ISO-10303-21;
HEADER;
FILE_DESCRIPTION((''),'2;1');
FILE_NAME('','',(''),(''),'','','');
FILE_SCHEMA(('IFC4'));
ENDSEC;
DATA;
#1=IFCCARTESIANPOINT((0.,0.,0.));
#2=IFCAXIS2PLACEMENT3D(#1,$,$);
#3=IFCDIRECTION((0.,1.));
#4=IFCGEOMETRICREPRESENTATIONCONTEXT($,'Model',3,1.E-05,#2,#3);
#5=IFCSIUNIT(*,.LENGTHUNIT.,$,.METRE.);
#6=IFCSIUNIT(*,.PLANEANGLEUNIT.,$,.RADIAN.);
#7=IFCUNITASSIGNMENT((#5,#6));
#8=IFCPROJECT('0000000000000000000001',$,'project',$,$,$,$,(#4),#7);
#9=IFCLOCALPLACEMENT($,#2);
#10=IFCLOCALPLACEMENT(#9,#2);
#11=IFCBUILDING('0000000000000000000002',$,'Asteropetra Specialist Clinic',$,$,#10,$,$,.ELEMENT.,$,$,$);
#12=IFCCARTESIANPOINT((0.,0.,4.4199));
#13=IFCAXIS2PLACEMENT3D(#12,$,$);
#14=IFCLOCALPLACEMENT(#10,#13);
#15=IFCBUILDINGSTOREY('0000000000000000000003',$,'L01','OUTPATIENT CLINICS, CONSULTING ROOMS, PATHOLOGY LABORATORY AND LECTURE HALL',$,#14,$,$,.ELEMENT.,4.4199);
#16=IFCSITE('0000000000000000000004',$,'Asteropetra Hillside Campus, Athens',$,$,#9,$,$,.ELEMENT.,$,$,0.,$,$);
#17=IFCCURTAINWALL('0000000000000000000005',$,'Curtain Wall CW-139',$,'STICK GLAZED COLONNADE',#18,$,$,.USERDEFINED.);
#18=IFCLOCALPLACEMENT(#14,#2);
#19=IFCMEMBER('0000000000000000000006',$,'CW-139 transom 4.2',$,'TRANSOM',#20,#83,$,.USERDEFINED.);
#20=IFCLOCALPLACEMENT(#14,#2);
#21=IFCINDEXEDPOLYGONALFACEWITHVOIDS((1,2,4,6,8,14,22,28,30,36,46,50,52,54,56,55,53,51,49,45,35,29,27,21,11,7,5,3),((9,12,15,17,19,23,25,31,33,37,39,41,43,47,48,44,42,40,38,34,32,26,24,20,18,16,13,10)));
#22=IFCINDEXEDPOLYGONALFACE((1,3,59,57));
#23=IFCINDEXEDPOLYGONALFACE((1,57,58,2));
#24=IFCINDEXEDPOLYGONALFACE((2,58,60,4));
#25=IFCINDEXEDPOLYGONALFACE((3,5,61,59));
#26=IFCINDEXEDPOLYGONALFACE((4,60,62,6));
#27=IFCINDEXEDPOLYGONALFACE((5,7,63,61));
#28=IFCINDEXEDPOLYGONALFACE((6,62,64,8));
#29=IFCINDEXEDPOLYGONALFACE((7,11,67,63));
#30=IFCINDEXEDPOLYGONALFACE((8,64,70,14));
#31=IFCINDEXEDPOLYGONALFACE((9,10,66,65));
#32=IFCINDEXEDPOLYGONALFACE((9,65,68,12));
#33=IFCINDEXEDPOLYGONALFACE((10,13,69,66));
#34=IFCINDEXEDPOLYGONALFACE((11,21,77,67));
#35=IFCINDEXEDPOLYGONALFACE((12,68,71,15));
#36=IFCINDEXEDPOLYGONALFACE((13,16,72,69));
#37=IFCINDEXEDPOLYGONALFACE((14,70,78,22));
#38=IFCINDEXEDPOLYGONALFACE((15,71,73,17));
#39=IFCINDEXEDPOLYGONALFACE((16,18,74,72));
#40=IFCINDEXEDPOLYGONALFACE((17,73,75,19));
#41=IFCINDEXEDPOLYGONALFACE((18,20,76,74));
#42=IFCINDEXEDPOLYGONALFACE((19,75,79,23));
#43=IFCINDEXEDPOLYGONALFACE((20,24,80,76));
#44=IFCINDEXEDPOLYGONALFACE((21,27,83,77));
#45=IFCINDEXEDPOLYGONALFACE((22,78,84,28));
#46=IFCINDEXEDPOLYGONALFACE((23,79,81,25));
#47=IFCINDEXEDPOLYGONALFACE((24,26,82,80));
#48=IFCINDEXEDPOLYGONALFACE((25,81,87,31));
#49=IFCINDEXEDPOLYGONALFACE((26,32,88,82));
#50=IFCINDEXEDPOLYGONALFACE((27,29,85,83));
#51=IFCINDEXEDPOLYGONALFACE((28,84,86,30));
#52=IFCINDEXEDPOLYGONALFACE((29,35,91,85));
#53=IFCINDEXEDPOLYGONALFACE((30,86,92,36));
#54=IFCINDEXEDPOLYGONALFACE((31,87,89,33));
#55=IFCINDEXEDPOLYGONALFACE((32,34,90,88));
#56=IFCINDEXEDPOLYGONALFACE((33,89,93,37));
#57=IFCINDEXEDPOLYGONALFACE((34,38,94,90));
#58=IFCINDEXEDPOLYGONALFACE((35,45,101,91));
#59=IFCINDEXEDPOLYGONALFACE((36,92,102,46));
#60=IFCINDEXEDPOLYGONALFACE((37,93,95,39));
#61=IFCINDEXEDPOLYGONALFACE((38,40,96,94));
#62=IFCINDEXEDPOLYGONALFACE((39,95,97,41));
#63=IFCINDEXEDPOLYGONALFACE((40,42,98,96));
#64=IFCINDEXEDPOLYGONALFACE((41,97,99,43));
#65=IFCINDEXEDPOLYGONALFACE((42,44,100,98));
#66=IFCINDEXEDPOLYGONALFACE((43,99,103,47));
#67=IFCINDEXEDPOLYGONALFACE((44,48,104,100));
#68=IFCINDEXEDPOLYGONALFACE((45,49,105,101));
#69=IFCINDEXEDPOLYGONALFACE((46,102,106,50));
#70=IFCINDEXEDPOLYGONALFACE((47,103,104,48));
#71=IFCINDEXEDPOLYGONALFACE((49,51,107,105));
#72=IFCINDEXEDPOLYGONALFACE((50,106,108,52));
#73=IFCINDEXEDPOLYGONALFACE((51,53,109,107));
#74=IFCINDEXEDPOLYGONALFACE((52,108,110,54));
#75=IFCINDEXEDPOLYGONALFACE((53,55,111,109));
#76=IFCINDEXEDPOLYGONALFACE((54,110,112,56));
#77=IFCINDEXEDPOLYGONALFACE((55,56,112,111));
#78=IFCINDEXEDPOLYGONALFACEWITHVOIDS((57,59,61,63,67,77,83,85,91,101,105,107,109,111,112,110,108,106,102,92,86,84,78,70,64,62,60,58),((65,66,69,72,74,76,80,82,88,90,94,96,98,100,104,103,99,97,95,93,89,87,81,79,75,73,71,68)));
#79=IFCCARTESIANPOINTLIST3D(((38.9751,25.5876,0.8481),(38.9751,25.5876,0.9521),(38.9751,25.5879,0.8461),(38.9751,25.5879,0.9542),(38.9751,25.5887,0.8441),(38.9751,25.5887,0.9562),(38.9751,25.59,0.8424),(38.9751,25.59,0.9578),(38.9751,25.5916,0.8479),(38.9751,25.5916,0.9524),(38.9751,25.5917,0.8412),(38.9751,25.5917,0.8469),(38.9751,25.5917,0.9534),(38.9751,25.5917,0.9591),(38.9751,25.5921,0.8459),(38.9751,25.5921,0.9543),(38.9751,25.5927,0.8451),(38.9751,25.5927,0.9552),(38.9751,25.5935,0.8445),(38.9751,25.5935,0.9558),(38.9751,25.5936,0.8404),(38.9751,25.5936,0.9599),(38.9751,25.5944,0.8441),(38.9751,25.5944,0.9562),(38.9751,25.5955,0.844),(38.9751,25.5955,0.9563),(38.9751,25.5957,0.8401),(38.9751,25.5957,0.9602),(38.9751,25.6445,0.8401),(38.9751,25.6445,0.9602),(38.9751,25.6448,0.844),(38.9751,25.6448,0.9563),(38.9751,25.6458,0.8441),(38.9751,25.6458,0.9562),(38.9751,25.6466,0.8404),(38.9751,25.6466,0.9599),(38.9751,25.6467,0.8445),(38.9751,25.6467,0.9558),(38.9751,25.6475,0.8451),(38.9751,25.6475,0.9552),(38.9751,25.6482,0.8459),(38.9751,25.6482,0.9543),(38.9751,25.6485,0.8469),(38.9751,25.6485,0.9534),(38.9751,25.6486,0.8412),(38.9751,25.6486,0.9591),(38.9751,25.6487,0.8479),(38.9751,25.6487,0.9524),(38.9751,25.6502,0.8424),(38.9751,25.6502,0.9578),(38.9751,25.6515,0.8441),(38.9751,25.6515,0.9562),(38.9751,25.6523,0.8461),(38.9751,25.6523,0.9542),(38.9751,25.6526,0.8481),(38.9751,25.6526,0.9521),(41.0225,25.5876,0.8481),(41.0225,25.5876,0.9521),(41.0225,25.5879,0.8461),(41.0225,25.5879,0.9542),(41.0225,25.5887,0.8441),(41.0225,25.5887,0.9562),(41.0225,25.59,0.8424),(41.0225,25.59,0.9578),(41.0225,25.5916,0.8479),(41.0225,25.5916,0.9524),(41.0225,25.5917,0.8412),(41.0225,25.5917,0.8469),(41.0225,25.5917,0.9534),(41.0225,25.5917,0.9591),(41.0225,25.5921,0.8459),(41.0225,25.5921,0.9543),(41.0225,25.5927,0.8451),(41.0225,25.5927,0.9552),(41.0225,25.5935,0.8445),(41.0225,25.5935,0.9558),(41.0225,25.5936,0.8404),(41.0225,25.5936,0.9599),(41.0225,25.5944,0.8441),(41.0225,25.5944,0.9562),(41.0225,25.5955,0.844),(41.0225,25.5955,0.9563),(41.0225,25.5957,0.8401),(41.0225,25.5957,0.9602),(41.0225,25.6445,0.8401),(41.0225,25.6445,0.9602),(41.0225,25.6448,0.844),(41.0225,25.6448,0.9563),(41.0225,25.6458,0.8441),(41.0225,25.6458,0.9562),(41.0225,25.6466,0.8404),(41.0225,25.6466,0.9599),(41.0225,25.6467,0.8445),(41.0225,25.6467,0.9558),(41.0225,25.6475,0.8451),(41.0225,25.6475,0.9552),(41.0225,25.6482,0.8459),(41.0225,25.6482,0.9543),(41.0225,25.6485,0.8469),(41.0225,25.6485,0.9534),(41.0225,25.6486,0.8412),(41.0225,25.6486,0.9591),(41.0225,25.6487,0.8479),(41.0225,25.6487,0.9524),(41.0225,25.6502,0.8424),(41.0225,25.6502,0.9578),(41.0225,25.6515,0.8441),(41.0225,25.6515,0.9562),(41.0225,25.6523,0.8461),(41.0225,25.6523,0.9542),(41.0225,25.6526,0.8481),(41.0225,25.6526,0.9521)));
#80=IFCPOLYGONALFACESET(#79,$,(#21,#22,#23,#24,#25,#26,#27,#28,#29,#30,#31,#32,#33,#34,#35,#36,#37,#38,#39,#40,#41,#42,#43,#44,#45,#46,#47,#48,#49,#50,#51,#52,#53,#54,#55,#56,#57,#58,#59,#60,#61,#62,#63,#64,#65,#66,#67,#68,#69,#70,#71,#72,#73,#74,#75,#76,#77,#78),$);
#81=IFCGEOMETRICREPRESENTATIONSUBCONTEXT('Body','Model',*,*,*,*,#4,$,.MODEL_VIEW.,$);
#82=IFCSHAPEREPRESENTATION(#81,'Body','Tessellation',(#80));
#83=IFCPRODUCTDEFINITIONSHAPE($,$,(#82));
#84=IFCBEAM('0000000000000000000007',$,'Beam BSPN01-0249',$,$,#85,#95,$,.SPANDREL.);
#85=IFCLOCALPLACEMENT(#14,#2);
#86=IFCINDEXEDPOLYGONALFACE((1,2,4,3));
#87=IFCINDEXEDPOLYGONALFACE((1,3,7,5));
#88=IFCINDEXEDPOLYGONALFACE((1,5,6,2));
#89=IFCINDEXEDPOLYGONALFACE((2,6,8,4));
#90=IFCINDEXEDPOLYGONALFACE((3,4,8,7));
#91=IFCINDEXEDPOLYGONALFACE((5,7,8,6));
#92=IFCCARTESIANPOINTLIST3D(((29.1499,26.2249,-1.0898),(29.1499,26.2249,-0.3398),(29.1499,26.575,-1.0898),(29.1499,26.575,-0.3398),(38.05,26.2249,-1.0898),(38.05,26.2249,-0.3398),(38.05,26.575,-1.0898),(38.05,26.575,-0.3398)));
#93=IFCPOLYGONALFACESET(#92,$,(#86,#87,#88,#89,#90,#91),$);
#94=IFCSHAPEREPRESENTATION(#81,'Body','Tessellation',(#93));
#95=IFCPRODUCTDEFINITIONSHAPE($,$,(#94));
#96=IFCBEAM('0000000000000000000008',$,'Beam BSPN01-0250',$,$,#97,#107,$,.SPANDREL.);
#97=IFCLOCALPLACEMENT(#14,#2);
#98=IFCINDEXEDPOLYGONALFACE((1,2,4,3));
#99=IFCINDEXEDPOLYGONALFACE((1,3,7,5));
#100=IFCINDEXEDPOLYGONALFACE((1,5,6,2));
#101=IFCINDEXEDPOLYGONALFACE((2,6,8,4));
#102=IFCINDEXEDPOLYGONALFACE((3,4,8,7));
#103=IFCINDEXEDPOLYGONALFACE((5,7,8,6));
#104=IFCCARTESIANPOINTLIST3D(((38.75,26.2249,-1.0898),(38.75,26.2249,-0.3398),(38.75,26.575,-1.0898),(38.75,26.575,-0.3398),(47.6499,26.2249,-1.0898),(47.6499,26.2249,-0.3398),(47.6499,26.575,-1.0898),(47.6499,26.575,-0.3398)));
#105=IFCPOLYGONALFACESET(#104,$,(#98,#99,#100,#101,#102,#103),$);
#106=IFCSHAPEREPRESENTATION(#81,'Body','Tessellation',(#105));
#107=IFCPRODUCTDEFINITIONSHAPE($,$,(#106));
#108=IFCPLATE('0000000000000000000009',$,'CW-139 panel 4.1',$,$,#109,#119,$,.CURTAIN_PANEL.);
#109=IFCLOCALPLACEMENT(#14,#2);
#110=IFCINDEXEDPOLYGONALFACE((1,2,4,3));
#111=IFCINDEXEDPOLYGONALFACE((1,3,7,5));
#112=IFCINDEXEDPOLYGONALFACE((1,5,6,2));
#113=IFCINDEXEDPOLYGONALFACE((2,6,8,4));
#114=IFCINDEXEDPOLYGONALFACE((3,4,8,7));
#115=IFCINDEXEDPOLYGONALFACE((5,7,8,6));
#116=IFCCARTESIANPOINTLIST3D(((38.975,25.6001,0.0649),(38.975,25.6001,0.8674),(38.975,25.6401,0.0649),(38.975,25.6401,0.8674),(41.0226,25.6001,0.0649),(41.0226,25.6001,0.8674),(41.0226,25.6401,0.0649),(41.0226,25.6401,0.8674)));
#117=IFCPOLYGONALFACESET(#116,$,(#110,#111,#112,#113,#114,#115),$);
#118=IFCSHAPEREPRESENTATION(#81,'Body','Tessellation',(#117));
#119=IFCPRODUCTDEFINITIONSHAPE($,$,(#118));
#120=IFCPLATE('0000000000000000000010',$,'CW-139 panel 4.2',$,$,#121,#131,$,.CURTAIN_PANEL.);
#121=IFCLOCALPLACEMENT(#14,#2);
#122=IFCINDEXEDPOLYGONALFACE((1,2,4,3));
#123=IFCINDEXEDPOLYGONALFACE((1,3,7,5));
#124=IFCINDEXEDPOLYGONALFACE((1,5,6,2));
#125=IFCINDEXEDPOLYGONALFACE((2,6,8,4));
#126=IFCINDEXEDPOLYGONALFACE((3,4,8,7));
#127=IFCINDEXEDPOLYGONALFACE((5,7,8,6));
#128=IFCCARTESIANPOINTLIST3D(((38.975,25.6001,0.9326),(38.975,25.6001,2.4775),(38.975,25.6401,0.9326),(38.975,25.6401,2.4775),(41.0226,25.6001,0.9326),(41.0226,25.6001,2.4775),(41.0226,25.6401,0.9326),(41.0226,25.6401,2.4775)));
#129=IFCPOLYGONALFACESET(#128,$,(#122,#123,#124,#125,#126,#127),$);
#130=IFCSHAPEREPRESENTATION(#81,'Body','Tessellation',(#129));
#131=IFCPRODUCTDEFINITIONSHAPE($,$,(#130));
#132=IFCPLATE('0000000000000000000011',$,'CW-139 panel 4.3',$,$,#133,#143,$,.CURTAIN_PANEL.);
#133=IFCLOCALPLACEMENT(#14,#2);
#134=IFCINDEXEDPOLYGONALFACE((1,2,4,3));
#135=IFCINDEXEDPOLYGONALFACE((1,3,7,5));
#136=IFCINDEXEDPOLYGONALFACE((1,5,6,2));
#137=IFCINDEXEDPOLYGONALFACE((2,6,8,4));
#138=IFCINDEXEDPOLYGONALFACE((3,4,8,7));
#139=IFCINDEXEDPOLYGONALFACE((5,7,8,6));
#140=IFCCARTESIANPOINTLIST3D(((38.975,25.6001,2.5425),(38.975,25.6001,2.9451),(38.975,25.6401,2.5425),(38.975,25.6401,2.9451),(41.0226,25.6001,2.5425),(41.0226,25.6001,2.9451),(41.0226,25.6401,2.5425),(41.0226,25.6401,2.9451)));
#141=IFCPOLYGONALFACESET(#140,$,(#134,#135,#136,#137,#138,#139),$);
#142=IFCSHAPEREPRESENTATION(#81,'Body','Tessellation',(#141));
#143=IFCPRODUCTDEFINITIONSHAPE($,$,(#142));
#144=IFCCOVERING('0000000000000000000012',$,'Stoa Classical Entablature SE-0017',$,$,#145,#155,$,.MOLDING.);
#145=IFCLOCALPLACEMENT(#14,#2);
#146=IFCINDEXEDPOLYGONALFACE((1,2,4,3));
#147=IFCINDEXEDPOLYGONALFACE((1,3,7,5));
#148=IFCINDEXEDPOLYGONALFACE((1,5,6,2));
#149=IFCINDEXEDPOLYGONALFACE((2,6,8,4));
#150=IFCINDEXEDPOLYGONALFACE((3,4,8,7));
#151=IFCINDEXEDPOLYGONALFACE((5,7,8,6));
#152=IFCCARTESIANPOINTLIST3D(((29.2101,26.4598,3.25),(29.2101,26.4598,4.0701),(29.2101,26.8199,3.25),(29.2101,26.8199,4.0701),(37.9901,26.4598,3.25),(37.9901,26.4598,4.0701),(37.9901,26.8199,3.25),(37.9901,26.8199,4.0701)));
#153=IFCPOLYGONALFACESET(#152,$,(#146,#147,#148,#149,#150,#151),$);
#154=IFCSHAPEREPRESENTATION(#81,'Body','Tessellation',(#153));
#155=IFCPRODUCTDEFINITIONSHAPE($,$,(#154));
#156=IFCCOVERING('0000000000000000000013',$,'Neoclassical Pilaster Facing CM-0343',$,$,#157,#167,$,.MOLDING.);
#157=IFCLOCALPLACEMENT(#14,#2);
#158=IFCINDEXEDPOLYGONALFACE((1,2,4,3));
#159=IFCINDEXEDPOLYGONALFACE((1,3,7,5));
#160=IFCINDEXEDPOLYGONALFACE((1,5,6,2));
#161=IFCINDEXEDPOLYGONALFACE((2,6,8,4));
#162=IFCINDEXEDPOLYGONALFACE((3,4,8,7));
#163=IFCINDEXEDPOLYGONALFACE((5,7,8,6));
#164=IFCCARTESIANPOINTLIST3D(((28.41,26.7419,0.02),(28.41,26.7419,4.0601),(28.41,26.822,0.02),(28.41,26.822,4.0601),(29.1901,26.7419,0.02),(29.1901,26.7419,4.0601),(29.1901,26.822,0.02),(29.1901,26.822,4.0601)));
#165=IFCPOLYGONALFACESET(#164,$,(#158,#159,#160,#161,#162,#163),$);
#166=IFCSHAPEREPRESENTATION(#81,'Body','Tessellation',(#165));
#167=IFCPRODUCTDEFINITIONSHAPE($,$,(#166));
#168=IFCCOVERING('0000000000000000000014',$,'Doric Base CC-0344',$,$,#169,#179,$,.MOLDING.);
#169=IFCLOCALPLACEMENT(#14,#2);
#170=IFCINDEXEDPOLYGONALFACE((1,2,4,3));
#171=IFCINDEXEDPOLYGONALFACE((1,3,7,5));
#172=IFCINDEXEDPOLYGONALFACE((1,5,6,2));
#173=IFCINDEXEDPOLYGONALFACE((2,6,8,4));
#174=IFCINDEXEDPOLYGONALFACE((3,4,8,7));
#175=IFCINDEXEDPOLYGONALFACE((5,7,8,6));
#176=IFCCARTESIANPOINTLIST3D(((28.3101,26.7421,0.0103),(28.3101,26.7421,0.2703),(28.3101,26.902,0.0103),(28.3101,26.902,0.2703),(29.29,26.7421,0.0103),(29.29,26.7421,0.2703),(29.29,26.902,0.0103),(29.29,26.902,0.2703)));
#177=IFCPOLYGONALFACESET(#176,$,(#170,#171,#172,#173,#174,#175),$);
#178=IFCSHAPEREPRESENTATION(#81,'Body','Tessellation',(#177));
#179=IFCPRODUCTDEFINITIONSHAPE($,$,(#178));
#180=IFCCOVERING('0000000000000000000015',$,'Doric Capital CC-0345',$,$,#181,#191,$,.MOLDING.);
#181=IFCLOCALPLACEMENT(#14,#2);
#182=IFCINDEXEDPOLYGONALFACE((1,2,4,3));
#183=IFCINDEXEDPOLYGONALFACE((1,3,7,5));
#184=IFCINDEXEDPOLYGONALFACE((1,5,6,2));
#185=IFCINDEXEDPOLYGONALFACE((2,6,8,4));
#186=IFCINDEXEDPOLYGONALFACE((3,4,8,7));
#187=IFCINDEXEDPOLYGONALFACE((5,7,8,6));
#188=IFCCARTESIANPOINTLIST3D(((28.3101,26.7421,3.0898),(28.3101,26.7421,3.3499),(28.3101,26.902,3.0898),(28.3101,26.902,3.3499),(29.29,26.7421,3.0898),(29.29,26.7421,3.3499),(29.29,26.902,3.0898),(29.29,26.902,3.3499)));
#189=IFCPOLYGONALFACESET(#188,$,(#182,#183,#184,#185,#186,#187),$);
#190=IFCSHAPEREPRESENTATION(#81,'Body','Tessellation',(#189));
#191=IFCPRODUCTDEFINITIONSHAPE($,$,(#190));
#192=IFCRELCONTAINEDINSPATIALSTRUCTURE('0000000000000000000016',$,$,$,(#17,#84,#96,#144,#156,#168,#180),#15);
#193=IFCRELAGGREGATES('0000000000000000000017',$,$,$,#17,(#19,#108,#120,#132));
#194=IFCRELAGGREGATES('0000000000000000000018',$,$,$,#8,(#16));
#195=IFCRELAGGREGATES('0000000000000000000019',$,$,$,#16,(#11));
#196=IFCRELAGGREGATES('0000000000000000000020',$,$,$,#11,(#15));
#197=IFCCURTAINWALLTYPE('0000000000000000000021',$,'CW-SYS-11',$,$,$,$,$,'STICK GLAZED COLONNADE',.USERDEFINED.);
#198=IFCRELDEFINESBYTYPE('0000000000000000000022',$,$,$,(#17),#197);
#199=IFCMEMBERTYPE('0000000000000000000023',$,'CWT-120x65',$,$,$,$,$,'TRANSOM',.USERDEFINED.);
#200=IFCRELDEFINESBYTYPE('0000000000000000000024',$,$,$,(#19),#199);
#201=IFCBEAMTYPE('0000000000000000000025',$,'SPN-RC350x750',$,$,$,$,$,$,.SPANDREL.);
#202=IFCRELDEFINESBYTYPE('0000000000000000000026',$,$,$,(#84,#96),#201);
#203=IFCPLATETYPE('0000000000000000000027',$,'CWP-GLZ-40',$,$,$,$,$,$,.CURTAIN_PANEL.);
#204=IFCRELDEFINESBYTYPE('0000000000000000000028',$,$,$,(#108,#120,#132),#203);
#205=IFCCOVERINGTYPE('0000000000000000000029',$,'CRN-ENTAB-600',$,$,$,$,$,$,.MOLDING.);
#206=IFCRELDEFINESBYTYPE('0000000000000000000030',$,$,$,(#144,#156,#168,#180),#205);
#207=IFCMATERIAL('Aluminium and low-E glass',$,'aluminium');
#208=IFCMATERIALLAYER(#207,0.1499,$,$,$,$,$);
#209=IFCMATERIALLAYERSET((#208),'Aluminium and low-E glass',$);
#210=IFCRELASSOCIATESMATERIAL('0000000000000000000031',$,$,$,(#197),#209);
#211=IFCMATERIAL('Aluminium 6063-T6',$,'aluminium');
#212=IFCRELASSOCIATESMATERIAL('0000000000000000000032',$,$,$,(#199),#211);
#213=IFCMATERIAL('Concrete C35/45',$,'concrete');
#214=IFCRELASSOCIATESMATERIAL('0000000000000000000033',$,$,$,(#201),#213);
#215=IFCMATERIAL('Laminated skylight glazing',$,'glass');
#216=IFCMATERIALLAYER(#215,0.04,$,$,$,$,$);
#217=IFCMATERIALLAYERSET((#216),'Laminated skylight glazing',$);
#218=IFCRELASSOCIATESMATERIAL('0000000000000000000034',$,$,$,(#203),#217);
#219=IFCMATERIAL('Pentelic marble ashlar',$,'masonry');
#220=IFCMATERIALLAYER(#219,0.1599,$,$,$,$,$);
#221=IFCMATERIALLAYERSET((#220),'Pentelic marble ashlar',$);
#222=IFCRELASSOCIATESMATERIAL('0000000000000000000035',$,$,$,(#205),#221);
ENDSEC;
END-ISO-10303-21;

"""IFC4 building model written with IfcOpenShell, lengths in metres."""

from ifc_helpers import new_model, si_unit, direction, frame, origin, origin_2d, place, context, subcontext, project, spatial, rectangle, hollow_rectangle, extrude, material, layer, layer_set, material_profile, profile_set, type_object, element, aggregate, save


model = new_model("IFC4")

# Units and contexts
model_context = context("Model", 3, precision=1e-05, world=origin(), true_north=direction((0.0, 1.0)))
body_context = subcontext(model_context, "Body", "Model", "MODEL_VIEW")
ifc_project = project(units=[si_unit("LENGTHUNIT", "METRE"), si_unit("PLANEANGLEUNIT", "RADIAN")], contexts=[model_context])

# Site, building, storey
site_placement = place(None, origin())
site = spatial("IfcSite", under=ifc_project, at=site_placement, Name="Asteropetra Hillside Campus, Athens", CompositionType="ELEMENT", RefElevation=0.0)
building_placement = place(site_placement, origin())
building = spatial("IfcBuilding", under=site, at=building_placement, Name="Asteropetra Specialist Clinic", CompositionType="ELEMENT")
storey_placement = place(building_placement, frame((0.0, 0.0, 4.4199)))
storey = spatial("IfcBuildingStorey", under=building, at=storey_placement, Name="L01", Description="OUTPATIENT CLINICS, CONSULTING ROOMS, PATHOLOGY LABORATORY AND LECTURE HALL", CompositionType="ELEMENT", Elevation=4.4199)

# Curtain wall
ifc_material_1 = material(Name="Aluminium and low-E glass", Category="aluminium")
ifc_layer_1 = layer(ifc_material_1, 0.1499)
ifc_layer_set_1 = layer_set([ifc_layer_1], Name="Aluminium and low-E glass")
curtain_wall_type_1 = type_object("IfcCurtainWallType", Name="CW-SYS-11", ElementType="STICK GLAZED COLONNADE", PredefinedType="USERDEFINED", material=ifc_layer_set_1)
curtain_wall_1_placement = place(storey_placement, origin())
curtain_wall_1 = element("IfcCurtainWall", 1, at=curtain_wall_1_placement, inside=storey, type_object=curtain_wall_type_1, Name="Curtain Wall CW-139", ObjectType="STICK GLAZED COLONNADE", PredefinedType="USERDEFINED")

# Member
ifc_material_2 = material(Name="Aluminium 6063-T6", Category="aluminium")
ifc_material_profile_1 = material_profile(ifc_material_2, hollow_rectangle(XDim=0.0649, YDim=0.1201, WallThickness=0.0039, InnerFilletRadius=0.0039, OuterFilletRadius=0.0081, at=origin_2d()), Name="TRN 120x65x4.0")
ifc_profile_set_1 = profile_set([ifc_material_profile_1], Name="Aluminium 6063-T6")
member_type_1 = type_object("IfcMemberType", Name="CWT-120x65", ElementType="TRANSOM", PredefinedType="USERDEFINED", material=ifc_profile_set_1)
member_1_placement = place(storey_placement, frame((41.0225, 25.6201, 0.9001), z_axis=(-1.0, 0.0, 0.0), x_axis=(0.0, -1.0, 0.0)))
member_1 = element("IfcMember", 2, at=member_1_placement, type_object=member_type_1, Name="CW-139 transom 4.2", ObjectType="TRANSOM", PredefinedType="USERDEFINED", context=body_context, shape_type="SweptSolid", body=[
    extrude(hollow_rectangle(XDim=0.0649, YDim=0.1201, WallThickness=0.0039, InnerFilletRadius=0.0039, OuterFilletRadius=0.0081, at=origin_2d()), origin(), (0.0, 0.0, 1.0), 2.0474),
])

# Beams
ifc_material_3 = material(Name="Concrete C35/45", Category="concrete")
ifc_material_profile_2 = material_profile(ifc_material_3, rectangle(XDim=0.3501, YDim=0.75, at=origin_2d()), Name="RCS 350x750")
ifc_profile_set_2 = profile_set([ifc_material_profile_2], Name="Concrete C35/45")
beam_type = type_object("IfcBeamType", Name="SPN-RC350x750", PredefinedType="SPANDREL", material=ifc_profile_set_2)
beam_1_placement = place(storey_placement, frame((29.1499, 26.3999, -0.7148), z_axis=(1.0, 0.0, 0.0), x_axis=(0.0, 1.0, 0.0)))
element("IfcBeam", 3, at=beam_1_placement, inside=storey, type_object=beam_type, Name="Beam BSPN01-0249", PredefinedType="SPANDREL", context=body_context, shape_type="SweptSolid", body=[
    extrude(rectangle(XDim=0.3501, YDim=0.75, at=origin_2d()), origin(), (0.0, 0.0, 1.0), 8.9001),
])
beam_2_placement = place(storey_placement, frame((38.75, 26.3999, -0.7148), z_axis=(1.0, 0.0, 0.0), x_axis=(0.0, 1.0, 0.0)))
element("IfcBeam", 4, at=beam_2_placement, inside=storey, type_object=beam_type, Name="Beam BSPN01-0250", PredefinedType="SPANDREL", context=body_context, shape_type="SweptSolid", body=[
    extrude(rectangle(XDim=0.3501, YDim=0.75, at=origin_2d()), origin(), (0.0, 0.0, 1.0), 8.8999),
])

# Plates
ifc_material_4 = material(Name="Laminated skylight glazing", Category="glass")
ifc_layer_2 = layer(ifc_material_4, 0.04)
ifc_layer_set_2 = layer_set([ifc_layer_2], Name="Laminated skylight glazing")
plate_type = type_object("IfcPlateType", Name="CWP-GLZ-40", PredefinedType="CURTAIN_PANEL", material=ifc_layer_set_2)
plate_1_placement = place(storey_placement, frame((39.9988, 25.6201, 0.0649), z_axis=(0.0, 0.0, 1.0), x_axis=(-1.0, 0.0, 0.0)))
plate_1 = element("IfcPlate", 5, at=plate_1_placement, type_object=plate_type, Name="CW-139 panel 4.1", PredefinedType="CURTAIN_PANEL", context=body_context, shape_type="SweptSolid", body=[
    extrude(rectangle(XDim=2.0476, YDim=0.04, at=origin_2d()), origin(), (0.0, 0.0, 1.0), 0.8025),
])
plate_2_placement = place(storey_placement, frame((39.9988, 25.6201, 0.9326), z_axis=(0.0, 0.0, 1.0), x_axis=(-1.0, 0.0, 0.0)))
plate_2 = element("IfcPlate", 6, at=plate_2_placement, type_object=plate_type, Name="CW-139 panel 4.2", PredefinedType="CURTAIN_PANEL", context=body_context, shape_type="SweptSolid", body=[
    extrude(rectangle(XDim=2.0476, YDim=0.04, at=origin_2d()), origin(), (0.0, 0.0, 1.0), 1.5449),
])
plate_3_placement = place(storey_placement, frame((39.9988, 25.6201, 2.5425), z_axis=(0.0, 0.0, 1.0), x_axis=(-1.0, 0.0, 0.0)))
plate_3 = element("IfcPlate", 7, at=plate_3_placement, type_object=plate_type, Name="CW-139 panel 4.3", PredefinedType="CURTAIN_PANEL", context=body_context, shape_type="SweptSolid", body=[
    extrude(rectangle(XDim=2.0476, YDim=0.04, at=origin_2d()), origin(), (0.0, 0.0, 1.0), 0.4026),
])
aggregate(curtain_wall_1, [member_1, plate_1, plate_2, plate_3])

# Coverings
ifc_material_5 = material(Name="Pentelic marble ashlar", Category="masonry")
ifc_layer_3 = layer(ifc_material_5, 0.1599)
ifc_layer_set_3 = layer_set([ifc_layer_3], Name="Pentelic marble ashlar")
covering_type = type_object("IfcCoveringType", Name="CRN-ENTAB-600", PredefinedType="MOLDING", material=ifc_layer_set_3)
covering_1_placement = place(storey_placement, frame((33.6001, 26.6399, 3.25), z_axis=(0.0, 0.0, 1.0), x_axis=(1.0, 0.0, 0.0)))
element("IfcCovering", 8, at=covering_1_placement, inside=storey, type_object=covering_type, Name="Stoa Classical Entablature SE-0017", PredefinedType="MOLDING", context=body_context, shape_type="SweptSolid", body=[
    extrude(rectangle(XDim=8.78, YDim=0.3601, at=origin_2d()), origin(), (0.0, 0.0, 1.0), 0.8201),
])
covering_2_placement = place(storey_placement, frame((28.8, 26.782, 0.02), z_axis=(0.0, 0.0, 1.0), x_axis=(1.0, 0.0, 0.0)))
element("IfcCovering", 9, at=covering_2_placement, inside=storey, type_object=covering_type, Name="Neoclassical Pilaster Facing CM-0343", PredefinedType="MOLDING", context=body_context, shape_type="SweptSolid", body=[
    extrude(rectangle(XDim=0.78, YDim=0.0801, at=origin_2d()), origin(), (0.0, 0.0, 1.0), 4.04),
])
for number, where, z_axis, x_axis, name in (
    (10, (28.8, 26.822, 0.0103), (0.0, 0.0, 1.0), (1.0, 0.0, 0.0), "Doric Base CC-0344"),
    (11, (28.8, 26.822, 3.0898), (0.0, 0.0, 1.0), (1.0, 0.0, 0.0), "Doric Capital CC-0345"),
):
    element("IfcCovering", number, at=place(storey_placement, frame(where, z_axis=z_axis, x_axis=x_axis)), inside=storey, type_object=covering_type, Name=name, PredefinedType="MOLDING", context=body_context, shape_type="SweptSolid", body=[
        extrude(rectangle(XDim=0.98, YDim=0.1599, at=origin_2d()), origin(), (0.0, 0.0, 1.0), 0.26),
    ])

save(model, "model.ifc")
